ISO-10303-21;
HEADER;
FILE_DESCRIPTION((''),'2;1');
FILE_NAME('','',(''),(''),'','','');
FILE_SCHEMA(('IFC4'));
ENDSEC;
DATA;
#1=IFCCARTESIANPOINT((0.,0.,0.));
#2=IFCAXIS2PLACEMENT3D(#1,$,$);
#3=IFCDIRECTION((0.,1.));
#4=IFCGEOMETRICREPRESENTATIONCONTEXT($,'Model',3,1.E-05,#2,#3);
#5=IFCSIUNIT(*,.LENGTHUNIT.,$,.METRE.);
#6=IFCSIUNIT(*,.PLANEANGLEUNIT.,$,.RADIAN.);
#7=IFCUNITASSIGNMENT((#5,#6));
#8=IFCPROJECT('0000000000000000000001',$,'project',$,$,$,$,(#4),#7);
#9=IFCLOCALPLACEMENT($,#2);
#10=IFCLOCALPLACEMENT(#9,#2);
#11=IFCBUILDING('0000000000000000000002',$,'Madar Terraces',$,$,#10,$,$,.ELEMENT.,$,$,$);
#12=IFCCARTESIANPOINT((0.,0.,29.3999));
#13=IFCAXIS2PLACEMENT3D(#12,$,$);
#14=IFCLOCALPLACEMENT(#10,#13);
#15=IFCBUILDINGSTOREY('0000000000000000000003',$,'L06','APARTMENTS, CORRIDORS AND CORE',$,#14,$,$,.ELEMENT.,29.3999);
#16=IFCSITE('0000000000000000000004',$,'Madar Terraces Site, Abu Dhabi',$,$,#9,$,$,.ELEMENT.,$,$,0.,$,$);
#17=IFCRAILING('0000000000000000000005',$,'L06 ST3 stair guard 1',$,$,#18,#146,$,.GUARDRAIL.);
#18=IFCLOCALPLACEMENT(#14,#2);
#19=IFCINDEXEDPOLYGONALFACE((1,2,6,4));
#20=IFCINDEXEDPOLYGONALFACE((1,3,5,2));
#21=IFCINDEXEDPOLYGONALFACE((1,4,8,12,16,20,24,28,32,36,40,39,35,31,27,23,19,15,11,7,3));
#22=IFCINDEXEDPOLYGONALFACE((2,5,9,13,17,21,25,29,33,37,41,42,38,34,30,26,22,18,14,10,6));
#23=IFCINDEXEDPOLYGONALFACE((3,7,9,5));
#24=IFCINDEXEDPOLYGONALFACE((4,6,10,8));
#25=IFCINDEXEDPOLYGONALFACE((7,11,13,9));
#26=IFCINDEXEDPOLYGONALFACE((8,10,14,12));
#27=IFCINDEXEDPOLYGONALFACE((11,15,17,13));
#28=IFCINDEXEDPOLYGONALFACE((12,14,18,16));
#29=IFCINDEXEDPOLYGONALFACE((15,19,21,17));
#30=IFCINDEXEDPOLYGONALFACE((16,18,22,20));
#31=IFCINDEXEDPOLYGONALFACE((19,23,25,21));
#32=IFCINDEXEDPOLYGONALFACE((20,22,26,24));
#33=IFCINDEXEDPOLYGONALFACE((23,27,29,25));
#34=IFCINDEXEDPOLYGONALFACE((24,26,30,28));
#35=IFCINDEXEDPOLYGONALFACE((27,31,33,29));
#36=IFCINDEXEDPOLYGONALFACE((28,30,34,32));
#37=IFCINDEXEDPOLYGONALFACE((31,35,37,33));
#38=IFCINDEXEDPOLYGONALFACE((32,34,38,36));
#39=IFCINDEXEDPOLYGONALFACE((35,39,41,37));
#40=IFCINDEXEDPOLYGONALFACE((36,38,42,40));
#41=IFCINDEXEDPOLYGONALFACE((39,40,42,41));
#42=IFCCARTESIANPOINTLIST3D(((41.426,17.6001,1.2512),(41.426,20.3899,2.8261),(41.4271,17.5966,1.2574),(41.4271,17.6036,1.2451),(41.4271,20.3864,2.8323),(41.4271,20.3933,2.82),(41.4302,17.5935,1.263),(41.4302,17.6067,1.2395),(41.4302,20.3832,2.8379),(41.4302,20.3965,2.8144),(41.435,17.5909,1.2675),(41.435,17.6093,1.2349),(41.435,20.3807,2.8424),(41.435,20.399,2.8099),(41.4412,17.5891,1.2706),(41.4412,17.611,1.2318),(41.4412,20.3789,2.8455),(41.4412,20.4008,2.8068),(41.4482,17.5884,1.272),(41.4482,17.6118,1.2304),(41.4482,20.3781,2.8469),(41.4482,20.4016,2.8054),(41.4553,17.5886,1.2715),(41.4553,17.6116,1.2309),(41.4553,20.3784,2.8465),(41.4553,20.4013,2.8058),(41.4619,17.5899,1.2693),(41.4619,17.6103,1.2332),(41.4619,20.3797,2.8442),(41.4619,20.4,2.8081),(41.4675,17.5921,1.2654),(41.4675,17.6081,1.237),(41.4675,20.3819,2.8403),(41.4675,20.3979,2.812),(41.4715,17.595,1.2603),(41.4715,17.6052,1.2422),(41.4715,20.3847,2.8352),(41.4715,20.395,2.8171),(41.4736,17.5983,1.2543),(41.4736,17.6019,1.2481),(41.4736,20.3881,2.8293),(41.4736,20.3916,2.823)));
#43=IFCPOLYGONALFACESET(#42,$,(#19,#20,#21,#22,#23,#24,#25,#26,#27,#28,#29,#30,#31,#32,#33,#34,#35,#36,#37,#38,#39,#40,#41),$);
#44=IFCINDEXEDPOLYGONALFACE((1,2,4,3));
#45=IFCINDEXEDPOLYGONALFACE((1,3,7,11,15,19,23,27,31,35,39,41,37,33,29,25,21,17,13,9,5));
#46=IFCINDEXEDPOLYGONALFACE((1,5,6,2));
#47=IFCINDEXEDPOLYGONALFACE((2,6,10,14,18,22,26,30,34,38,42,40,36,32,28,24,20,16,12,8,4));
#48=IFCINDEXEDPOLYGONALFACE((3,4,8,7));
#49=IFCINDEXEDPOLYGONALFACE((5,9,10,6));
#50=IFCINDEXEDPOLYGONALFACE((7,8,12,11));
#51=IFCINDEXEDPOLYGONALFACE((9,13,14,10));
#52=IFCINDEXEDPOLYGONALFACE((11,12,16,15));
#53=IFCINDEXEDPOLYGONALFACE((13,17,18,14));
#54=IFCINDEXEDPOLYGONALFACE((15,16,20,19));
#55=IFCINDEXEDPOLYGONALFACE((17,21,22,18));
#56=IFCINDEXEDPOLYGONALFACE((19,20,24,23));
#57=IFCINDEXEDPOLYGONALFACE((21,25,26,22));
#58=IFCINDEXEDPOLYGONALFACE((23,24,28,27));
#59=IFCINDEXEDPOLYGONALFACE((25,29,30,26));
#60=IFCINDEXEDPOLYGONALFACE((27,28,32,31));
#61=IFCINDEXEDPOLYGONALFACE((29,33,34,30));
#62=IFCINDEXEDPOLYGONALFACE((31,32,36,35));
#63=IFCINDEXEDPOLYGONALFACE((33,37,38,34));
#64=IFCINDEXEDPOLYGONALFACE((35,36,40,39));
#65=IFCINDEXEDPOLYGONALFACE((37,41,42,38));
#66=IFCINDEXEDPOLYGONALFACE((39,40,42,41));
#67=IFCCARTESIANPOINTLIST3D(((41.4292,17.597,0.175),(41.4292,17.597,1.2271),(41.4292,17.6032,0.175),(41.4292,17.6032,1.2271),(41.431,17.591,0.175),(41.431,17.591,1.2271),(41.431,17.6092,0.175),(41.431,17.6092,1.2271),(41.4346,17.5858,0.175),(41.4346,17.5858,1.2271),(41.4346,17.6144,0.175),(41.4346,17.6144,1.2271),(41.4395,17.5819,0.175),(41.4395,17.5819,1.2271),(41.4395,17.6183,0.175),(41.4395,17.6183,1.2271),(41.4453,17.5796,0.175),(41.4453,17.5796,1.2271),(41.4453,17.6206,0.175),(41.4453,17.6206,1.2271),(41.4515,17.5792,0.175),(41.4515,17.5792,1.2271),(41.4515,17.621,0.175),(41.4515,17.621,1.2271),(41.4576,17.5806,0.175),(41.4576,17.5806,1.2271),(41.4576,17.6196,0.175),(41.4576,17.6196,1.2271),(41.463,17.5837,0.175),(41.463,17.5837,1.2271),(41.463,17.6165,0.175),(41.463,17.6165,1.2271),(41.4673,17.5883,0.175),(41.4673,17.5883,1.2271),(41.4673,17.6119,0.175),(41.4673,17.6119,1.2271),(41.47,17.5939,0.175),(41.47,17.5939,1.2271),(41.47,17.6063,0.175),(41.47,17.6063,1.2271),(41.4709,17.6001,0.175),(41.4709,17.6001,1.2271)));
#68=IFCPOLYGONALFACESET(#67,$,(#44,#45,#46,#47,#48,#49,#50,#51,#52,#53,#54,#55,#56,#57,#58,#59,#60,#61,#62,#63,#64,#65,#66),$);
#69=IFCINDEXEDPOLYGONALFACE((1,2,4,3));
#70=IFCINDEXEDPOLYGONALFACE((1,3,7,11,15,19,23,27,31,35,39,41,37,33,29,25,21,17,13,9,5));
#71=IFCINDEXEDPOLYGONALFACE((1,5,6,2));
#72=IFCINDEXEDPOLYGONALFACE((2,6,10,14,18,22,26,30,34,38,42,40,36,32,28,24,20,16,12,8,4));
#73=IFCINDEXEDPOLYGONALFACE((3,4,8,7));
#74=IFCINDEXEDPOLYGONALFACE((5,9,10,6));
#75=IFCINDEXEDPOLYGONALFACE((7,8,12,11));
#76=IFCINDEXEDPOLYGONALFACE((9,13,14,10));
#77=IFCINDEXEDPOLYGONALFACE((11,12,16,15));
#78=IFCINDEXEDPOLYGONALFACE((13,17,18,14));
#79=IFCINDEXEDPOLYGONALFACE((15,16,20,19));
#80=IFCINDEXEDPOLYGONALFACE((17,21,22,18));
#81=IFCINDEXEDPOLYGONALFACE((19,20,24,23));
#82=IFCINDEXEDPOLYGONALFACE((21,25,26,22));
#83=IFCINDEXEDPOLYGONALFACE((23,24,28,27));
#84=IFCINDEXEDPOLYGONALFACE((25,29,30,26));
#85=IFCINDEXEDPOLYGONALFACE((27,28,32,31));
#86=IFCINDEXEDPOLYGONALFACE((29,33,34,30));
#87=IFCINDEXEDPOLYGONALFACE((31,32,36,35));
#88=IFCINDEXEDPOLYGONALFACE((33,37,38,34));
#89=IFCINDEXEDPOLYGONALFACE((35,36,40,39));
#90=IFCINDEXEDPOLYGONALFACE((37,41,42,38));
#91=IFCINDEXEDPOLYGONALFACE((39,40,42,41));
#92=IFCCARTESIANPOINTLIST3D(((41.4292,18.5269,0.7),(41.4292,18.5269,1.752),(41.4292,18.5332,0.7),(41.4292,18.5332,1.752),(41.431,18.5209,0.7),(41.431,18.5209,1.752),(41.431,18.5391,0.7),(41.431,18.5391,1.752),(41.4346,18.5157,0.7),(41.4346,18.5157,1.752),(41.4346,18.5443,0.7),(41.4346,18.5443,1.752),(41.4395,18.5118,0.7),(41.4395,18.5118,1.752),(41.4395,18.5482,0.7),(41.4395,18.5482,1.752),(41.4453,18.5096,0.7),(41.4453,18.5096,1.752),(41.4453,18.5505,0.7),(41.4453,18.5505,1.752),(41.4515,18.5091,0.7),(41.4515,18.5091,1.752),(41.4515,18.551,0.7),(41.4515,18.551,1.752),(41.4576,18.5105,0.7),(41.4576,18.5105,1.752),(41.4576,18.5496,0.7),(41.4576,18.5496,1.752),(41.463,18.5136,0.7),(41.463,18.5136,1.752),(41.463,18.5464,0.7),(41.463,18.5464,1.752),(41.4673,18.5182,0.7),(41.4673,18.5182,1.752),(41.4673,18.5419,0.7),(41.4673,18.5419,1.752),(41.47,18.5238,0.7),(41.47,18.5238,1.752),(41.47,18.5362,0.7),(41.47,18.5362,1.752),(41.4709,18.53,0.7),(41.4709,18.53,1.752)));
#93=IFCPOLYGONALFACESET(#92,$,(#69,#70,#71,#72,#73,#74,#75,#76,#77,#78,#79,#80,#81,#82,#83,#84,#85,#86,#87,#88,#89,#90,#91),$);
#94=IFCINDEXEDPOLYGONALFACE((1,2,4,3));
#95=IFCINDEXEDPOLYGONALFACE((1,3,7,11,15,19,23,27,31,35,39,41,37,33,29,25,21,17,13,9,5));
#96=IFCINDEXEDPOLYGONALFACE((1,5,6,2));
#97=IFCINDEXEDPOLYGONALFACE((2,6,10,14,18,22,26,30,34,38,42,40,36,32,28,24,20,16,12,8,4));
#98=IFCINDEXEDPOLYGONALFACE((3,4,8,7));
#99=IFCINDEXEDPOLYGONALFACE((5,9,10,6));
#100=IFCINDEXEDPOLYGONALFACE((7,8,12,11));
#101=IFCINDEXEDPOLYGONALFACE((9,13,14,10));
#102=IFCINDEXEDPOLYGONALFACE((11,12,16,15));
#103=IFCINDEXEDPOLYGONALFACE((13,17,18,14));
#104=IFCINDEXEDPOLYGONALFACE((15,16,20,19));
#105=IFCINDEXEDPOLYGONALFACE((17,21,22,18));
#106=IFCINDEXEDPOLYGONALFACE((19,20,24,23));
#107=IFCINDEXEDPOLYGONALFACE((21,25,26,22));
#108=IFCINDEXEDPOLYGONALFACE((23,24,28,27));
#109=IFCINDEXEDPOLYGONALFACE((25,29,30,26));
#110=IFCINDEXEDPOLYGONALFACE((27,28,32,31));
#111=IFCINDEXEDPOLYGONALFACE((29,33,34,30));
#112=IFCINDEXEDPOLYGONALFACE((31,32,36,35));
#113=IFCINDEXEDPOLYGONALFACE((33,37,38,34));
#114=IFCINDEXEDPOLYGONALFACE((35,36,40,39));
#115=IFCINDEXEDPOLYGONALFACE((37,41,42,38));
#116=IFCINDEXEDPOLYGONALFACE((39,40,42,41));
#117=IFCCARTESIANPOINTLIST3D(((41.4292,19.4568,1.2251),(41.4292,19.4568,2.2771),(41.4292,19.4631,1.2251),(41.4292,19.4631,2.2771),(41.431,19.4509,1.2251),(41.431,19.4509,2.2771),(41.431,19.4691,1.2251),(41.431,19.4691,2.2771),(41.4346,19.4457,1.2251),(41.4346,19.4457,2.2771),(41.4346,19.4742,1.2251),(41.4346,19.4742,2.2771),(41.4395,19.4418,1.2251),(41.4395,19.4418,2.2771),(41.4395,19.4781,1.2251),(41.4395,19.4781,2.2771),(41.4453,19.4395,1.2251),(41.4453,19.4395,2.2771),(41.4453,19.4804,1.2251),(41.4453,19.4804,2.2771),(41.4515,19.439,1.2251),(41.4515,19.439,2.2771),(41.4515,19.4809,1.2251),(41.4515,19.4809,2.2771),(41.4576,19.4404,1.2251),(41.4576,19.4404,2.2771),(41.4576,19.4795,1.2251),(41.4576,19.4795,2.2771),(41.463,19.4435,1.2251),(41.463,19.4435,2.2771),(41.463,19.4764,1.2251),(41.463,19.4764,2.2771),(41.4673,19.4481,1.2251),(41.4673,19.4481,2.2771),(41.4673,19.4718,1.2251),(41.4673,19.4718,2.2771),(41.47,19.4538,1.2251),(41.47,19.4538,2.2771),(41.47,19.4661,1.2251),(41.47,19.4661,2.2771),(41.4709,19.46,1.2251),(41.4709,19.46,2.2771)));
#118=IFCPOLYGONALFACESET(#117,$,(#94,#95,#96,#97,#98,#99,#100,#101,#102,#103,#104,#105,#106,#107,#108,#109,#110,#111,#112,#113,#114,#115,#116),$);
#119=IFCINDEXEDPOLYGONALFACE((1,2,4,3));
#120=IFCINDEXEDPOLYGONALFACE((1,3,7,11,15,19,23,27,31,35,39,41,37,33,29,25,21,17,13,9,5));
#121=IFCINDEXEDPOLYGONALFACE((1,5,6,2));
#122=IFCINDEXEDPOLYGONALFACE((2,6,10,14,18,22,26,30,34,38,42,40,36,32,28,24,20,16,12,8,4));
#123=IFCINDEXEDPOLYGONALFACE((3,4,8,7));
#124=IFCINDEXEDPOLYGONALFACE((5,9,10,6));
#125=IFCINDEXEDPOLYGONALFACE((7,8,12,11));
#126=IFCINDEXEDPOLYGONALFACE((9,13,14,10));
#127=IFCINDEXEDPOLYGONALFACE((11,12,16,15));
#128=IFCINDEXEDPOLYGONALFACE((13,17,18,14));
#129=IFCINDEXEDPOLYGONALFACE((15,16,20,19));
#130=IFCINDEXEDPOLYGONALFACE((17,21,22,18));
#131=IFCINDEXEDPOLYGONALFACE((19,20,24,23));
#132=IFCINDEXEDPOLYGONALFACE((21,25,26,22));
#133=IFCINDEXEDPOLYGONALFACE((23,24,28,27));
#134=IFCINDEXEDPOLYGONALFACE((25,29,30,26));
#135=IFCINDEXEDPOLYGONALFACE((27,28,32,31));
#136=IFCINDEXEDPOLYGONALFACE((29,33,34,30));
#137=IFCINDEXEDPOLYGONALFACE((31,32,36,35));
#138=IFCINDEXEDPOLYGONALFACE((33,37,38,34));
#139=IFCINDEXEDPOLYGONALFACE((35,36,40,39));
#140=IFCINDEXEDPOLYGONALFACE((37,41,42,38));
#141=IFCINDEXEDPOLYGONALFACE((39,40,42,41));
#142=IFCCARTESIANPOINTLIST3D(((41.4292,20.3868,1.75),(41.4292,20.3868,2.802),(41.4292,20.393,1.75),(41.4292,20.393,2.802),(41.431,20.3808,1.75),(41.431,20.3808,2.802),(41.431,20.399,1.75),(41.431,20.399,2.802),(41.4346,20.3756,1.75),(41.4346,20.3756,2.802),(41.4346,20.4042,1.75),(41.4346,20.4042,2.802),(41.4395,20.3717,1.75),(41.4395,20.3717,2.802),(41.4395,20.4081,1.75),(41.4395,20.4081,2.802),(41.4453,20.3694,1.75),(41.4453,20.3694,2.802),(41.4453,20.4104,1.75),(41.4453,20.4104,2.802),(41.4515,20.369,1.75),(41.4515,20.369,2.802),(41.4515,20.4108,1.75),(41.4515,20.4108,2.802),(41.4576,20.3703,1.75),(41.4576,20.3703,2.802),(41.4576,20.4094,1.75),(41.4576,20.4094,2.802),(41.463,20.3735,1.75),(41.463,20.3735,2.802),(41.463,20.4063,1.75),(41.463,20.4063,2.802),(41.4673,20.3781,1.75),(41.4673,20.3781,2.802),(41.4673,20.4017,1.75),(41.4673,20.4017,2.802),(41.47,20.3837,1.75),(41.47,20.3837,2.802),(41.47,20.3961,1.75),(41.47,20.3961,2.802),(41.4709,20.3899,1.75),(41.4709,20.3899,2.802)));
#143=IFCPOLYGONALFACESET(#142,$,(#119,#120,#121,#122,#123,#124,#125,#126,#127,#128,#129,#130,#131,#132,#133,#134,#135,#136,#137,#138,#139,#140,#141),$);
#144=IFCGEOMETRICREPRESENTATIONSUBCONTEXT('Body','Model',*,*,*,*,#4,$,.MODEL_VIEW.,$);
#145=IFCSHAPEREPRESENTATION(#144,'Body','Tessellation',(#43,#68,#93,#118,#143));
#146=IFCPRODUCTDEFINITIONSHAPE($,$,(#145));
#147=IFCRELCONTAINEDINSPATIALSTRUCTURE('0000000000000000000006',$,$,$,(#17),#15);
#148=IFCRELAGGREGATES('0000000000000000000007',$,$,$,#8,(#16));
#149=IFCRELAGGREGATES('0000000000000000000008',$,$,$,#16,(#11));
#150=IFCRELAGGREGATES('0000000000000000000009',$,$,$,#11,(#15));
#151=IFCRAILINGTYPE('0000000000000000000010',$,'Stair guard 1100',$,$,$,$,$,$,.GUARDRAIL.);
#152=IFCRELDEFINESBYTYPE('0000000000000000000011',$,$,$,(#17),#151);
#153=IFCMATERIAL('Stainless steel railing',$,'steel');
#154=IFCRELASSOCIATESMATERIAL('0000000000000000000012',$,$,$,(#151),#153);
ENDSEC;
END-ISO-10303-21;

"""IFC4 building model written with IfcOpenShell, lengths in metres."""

from ifc_helpers import new_model, si_unit, direction, frame, origin, origin_2d, place, context, subcontext, project, spatial, circle, extrude, material, type_object, element, save


model = new_model("IFC4")

# Units and contexts
model_context = context("Model", 3, precision=1e-05, world=origin(), true_north=direction((0.0, 1.0)))
body_context = subcontext(model_context, "Body", "Model", "MODEL_VIEW")
ifc_project = project(units=[si_unit("LENGTHUNIT", "METRE"), si_unit("PLANEANGLEUNIT", "RADIAN")], contexts=[model_context])

# Site, building, storey
site_placement = place(None, origin())
site = spatial("IfcSite", under=ifc_project, at=site_placement, Name="Madar Terraces Site, Abu Dhabi", CompositionType="ELEMENT", RefElevation=0.0)
building_placement = place(site_placement, origin())
building = spatial("IfcBuilding", under=site, at=building_placement, Name="Madar Terraces", CompositionType="ELEMENT")
storey_placement = place(building_placement, frame((0.0, 0.0, 29.3999)))
storey = spatial("IfcBuildingStorey", under=building, at=storey_placement, Name="L06", Description="APARTMENTS, CORRIDORS AND CORE", CompositionType="ELEMENT", Elevation=29.3999)

# Railing
ifc_material_1 = material(Name="Stainless steel railing", Category="steel")
railing_type_1 = type_object("IfcRailingType", Name="Stair guard 1100", PredefinedType="GUARDRAIL", material=ifc_material_1)
railing_1_placement = place(storey_placement, frame((41.45, 17.6001, 0.175)))
element("IfcRailing", 1, at=railing_1_placement, inside=storey, type_object=railing_type_1, Name="L06 ST3 stair guard 1", PredefinedType="GUARDRAIL", context=body_context, shape_type="SweptSolid", body=[
    extrude(circle(Radius=0.0239, at=origin_2d()), frame((0.0, 0.0, 1.0762), z_axis=(0.0, 0.870815, 0.49161), x_axis=(-1.0, 0.0, 0.0)), (0.0, 0.0, 1.0), 3.2036),
    extrude(circle(Radius=0.021, at=origin_2d()), origin(), (0.0, 0.0, 1.0), 1.052),
    extrude(circle(Radius=0.021, at=origin_2d()), frame((0.0, 0.9299, 0.5249)), (0.0, 0.0, 1.0), 1.052),
    extrude(circle(Radius=0.021, at=origin_2d()), frame((0.0, 1.8599, 1.05)), (0.0, 0.0, 1.0), 1.052),
    extrude(circle(Radius=0.021, at=origin_2d()), frame((0.0, 2.7898, 1.575)), (0.0, 0.0, 1.0), 1.052),
])

save(model, "model.ifc")
